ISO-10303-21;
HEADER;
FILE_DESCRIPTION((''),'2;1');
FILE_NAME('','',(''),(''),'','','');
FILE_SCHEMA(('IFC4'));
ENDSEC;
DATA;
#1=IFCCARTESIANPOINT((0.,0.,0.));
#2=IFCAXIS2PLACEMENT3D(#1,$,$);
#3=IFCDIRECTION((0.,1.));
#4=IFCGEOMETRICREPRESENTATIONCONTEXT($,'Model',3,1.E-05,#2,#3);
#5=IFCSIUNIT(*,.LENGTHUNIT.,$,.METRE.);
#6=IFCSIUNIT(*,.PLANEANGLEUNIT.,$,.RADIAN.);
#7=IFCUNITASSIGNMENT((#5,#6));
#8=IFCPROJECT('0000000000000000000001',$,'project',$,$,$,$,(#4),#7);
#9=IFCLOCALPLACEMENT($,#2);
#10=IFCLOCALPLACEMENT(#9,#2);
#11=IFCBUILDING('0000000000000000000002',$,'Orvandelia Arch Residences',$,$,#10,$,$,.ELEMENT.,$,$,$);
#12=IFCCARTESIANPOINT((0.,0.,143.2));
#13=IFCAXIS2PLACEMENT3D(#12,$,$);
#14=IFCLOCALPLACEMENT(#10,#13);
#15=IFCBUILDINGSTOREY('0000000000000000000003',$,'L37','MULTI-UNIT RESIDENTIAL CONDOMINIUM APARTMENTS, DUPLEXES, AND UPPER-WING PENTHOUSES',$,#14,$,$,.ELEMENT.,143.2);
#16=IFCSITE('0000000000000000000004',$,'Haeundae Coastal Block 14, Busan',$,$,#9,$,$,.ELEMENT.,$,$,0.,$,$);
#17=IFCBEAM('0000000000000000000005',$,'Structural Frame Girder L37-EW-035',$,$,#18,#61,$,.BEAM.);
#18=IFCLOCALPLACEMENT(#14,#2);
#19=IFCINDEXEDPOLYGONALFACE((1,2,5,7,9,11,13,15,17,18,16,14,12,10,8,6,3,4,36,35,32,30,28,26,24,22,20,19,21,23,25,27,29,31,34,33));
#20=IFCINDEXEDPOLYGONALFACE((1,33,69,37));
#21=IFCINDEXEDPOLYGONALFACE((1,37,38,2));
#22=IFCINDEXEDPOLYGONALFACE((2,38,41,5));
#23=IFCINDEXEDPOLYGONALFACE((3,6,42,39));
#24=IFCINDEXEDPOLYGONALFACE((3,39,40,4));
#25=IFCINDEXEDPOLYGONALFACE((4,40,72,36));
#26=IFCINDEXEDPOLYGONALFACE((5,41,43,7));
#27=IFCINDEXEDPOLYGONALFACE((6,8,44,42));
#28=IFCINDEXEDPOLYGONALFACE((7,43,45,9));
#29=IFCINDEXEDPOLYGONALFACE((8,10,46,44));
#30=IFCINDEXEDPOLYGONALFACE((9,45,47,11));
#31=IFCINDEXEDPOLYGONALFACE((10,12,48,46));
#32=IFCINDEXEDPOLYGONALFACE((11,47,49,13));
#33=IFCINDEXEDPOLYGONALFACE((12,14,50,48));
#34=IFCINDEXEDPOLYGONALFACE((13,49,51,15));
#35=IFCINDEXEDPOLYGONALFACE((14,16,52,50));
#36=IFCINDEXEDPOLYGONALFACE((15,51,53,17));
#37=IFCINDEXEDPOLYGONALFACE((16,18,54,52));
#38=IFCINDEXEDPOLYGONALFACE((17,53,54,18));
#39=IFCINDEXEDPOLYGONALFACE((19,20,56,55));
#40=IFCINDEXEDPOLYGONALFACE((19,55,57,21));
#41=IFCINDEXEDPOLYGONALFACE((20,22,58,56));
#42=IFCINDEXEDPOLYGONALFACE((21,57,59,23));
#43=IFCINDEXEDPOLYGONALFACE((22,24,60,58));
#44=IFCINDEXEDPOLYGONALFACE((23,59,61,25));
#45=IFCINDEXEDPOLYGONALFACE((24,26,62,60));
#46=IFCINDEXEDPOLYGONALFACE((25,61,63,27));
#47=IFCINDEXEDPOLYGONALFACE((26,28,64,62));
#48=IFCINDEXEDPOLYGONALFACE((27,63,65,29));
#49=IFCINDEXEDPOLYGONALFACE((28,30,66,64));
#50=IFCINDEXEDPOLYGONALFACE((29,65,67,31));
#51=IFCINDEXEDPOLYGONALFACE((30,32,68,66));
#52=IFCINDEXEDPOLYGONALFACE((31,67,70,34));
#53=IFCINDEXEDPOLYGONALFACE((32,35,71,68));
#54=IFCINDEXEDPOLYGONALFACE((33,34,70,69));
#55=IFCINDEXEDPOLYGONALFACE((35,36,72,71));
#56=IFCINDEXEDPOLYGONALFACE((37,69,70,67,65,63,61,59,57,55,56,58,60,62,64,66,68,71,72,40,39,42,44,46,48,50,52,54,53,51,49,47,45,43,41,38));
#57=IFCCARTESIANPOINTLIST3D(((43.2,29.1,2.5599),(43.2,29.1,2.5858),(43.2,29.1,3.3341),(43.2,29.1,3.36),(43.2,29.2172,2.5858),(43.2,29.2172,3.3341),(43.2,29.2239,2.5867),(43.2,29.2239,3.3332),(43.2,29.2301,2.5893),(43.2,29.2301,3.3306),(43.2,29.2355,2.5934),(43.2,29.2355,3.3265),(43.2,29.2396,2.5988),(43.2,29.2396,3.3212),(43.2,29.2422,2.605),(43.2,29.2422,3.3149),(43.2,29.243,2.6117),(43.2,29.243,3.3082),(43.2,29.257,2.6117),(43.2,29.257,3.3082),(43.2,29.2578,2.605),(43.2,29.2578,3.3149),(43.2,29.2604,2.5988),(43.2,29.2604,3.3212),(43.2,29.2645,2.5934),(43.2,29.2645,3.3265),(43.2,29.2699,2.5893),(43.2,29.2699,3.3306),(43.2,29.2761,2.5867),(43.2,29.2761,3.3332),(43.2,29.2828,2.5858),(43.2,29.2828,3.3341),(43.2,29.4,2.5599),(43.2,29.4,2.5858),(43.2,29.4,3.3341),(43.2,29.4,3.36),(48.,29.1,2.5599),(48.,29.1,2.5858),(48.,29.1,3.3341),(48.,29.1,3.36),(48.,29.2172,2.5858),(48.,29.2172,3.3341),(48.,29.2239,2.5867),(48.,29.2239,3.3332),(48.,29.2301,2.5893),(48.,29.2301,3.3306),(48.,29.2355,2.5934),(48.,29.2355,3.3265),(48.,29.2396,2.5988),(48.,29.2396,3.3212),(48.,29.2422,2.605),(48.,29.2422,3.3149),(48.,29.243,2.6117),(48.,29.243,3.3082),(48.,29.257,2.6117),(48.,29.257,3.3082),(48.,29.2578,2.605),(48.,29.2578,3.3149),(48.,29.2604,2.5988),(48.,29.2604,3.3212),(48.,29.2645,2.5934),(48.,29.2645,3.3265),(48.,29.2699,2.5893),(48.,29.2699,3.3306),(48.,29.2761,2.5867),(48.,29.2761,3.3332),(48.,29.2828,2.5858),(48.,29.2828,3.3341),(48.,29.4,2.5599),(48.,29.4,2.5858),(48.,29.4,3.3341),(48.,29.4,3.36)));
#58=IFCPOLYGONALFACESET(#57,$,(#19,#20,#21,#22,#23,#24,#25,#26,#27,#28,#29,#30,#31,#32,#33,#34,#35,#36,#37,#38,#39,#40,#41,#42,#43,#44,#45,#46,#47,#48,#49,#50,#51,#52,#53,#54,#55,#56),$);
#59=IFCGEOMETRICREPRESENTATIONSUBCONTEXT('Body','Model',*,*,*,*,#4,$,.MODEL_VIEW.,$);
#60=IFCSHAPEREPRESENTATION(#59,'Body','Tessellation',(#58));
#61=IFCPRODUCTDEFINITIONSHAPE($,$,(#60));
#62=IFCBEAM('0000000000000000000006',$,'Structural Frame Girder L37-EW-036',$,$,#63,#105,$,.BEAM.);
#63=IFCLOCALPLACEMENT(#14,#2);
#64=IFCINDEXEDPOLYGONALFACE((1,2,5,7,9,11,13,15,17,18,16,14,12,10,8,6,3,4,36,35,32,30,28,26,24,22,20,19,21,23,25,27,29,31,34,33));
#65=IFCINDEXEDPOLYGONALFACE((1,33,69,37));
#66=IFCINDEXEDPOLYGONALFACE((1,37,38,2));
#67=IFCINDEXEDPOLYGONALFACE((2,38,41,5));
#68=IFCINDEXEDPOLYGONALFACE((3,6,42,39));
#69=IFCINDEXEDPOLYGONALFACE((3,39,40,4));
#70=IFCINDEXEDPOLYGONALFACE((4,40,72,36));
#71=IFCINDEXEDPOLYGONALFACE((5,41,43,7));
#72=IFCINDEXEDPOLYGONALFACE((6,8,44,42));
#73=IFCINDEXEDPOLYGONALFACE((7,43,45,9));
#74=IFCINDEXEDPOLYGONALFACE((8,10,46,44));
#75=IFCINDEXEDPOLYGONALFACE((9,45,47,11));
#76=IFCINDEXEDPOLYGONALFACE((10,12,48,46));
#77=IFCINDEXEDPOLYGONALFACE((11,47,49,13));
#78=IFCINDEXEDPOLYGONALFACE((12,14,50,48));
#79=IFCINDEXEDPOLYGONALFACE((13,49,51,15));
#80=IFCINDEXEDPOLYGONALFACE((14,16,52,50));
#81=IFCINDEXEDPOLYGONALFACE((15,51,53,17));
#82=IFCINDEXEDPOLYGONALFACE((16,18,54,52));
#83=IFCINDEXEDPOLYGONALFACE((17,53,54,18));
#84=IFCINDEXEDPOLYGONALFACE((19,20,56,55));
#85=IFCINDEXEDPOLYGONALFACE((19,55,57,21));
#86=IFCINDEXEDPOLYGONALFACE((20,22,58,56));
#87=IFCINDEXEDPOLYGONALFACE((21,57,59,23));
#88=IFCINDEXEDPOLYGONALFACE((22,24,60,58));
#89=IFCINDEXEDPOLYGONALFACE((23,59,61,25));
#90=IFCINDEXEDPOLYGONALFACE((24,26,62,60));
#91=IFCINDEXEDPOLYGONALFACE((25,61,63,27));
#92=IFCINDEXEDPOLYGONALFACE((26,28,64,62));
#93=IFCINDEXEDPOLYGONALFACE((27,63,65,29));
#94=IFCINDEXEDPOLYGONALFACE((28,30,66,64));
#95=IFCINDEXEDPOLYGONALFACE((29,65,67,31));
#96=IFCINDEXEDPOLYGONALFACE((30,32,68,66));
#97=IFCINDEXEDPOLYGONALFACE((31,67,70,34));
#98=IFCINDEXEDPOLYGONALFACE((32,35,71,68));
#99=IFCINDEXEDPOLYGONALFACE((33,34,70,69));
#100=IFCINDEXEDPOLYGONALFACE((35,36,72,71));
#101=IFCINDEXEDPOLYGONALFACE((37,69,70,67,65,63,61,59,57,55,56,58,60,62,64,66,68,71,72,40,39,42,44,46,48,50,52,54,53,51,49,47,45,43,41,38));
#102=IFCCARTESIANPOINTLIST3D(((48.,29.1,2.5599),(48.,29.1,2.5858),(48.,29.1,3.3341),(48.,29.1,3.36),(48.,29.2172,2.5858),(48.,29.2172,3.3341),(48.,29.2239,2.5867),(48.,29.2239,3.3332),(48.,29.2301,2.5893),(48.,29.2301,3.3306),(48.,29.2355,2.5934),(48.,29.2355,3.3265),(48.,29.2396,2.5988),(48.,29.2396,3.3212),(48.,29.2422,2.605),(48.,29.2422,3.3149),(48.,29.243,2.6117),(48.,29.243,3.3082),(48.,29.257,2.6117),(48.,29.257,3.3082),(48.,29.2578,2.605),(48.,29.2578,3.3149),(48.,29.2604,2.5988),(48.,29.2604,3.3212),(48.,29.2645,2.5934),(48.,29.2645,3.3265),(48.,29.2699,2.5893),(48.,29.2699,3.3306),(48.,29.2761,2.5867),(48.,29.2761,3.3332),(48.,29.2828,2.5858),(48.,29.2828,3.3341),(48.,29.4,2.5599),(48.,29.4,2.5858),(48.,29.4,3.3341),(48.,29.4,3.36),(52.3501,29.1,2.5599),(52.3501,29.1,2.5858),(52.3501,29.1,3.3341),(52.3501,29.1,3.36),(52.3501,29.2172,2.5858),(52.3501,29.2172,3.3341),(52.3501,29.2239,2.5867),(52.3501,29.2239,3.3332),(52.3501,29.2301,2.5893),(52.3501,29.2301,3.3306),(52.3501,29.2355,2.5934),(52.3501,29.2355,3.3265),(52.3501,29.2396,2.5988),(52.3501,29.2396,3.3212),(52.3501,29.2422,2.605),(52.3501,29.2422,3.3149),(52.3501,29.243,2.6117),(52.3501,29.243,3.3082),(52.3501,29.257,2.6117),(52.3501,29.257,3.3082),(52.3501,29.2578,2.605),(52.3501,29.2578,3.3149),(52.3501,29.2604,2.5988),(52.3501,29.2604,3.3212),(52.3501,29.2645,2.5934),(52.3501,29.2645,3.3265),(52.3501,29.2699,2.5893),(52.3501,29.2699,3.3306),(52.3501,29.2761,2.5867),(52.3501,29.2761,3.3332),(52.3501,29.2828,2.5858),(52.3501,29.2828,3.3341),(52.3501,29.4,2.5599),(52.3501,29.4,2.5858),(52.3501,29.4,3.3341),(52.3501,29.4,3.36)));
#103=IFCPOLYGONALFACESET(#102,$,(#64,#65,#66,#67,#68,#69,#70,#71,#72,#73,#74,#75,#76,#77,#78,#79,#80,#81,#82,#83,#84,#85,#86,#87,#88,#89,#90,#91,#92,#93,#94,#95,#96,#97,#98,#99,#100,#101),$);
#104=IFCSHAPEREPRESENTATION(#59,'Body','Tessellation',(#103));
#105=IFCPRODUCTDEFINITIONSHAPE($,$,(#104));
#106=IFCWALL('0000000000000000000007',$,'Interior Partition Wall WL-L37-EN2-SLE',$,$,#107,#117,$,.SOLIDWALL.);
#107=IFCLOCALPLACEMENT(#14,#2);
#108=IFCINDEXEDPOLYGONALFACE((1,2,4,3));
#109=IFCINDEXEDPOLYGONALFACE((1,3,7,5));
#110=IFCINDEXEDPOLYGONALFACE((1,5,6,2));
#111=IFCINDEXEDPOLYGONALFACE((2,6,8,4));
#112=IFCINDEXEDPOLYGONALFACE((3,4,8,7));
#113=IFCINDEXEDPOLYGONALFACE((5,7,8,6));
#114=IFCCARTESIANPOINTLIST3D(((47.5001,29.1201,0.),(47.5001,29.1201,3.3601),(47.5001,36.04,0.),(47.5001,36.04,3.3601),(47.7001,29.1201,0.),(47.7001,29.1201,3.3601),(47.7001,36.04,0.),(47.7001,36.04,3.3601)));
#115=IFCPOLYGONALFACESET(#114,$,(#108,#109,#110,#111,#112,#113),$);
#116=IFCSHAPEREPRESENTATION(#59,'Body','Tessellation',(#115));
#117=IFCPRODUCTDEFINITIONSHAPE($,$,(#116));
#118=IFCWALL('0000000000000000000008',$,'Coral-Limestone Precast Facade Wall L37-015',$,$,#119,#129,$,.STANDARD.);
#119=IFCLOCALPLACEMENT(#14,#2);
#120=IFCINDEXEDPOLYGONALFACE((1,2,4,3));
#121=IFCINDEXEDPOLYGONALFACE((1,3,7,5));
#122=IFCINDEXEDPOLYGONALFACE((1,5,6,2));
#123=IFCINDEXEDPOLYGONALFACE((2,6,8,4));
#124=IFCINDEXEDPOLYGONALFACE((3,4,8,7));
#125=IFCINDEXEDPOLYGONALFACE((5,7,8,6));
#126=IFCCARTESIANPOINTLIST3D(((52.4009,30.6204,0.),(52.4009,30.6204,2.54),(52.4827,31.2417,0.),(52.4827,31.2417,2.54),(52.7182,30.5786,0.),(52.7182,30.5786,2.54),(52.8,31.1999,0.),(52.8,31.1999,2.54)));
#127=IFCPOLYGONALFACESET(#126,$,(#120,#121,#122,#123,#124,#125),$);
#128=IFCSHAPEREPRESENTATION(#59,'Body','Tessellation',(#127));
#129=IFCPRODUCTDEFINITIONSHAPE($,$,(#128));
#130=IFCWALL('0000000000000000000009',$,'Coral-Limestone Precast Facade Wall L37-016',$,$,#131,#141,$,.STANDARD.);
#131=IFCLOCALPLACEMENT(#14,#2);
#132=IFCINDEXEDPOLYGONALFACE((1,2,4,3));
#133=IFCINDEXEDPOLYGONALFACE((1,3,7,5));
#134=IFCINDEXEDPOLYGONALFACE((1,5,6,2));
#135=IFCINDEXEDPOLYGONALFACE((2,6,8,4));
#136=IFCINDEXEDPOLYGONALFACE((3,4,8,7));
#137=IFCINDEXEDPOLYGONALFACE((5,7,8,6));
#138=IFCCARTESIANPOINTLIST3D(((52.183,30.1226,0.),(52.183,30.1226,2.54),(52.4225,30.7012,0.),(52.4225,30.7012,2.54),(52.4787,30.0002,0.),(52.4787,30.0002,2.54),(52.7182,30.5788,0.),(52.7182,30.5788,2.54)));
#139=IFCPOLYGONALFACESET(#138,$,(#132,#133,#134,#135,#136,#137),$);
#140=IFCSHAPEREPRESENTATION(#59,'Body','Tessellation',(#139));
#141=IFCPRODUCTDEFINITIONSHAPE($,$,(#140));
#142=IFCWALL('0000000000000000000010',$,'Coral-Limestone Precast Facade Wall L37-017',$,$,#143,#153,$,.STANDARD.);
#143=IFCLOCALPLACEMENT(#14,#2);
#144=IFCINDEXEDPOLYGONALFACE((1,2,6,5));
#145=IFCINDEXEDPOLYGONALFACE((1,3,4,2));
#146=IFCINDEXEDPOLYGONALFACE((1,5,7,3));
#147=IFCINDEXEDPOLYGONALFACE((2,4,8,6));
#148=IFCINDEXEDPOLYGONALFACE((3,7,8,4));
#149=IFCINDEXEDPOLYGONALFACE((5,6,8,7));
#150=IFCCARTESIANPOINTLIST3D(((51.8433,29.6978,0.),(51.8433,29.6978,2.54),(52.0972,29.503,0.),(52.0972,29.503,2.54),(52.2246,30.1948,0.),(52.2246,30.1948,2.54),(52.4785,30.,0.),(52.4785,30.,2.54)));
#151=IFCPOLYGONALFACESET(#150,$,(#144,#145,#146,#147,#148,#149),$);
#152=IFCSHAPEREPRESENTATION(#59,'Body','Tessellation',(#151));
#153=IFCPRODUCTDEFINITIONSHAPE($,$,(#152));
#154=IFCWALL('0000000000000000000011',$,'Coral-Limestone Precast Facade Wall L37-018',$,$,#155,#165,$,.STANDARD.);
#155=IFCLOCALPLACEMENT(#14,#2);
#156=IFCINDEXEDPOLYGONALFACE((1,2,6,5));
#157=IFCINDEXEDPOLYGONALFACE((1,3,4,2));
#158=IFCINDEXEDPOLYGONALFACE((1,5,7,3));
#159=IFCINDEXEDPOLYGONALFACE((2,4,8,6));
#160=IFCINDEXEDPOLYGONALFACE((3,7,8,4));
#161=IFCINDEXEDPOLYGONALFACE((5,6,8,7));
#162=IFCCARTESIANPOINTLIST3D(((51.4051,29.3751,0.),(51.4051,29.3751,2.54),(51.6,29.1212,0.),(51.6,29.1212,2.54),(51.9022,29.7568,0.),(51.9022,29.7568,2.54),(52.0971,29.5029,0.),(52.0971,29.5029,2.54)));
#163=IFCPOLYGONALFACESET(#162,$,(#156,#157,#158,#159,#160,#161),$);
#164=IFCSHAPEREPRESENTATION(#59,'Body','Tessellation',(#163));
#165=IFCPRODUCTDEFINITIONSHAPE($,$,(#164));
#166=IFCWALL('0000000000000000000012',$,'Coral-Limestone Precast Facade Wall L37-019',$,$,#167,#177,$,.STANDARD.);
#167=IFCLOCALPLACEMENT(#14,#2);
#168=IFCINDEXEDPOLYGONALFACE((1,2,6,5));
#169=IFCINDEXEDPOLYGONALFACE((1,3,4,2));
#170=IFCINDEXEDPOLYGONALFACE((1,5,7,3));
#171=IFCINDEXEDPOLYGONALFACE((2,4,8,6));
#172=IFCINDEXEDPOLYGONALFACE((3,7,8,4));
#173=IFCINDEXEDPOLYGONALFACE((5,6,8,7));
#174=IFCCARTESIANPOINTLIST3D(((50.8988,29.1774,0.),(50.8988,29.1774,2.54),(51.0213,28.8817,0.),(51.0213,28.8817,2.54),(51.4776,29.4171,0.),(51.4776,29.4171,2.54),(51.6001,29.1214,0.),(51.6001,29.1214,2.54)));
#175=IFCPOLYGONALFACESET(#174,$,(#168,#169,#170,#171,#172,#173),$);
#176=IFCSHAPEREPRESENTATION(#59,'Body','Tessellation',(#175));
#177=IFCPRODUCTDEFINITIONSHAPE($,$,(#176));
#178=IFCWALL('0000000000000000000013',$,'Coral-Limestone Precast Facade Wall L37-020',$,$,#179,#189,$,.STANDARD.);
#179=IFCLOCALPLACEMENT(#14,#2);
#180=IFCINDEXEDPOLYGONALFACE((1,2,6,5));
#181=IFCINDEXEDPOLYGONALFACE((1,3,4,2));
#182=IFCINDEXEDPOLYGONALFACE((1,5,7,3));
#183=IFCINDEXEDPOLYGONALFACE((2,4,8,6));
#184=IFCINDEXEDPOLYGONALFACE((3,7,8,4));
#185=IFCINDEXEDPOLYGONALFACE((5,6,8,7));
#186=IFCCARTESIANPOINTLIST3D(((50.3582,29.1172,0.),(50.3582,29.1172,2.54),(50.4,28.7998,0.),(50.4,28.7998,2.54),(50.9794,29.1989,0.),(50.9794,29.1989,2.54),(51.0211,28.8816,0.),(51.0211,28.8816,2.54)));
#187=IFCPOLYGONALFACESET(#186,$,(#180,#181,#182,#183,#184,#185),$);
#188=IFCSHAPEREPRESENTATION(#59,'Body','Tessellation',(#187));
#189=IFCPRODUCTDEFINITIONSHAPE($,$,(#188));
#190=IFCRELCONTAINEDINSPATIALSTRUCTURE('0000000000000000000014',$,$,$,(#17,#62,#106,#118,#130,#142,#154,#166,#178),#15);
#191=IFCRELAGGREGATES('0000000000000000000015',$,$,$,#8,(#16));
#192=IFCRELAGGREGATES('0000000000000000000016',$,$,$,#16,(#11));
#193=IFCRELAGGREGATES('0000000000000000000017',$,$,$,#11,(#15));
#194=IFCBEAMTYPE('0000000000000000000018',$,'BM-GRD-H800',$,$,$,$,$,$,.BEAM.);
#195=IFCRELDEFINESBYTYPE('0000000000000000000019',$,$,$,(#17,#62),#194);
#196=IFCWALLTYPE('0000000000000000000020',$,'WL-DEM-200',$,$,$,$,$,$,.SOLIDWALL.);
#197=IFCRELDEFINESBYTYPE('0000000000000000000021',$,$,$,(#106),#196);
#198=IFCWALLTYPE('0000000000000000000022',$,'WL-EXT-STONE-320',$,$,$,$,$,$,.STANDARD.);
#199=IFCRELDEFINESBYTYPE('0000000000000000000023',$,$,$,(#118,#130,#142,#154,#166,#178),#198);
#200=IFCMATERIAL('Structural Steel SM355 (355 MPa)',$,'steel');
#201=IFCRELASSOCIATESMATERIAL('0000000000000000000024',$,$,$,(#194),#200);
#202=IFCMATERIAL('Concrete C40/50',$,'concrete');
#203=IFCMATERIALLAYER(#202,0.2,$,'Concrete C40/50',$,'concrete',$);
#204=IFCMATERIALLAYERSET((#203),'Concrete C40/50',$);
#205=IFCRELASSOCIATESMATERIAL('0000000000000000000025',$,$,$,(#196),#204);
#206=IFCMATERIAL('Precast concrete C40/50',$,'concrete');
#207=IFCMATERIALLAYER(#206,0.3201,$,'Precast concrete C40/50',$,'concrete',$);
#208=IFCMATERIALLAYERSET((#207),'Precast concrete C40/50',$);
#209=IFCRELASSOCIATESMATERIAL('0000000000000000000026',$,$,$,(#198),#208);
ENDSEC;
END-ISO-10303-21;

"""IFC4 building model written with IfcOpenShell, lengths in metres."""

from ifc_helpers import new_model, si_unit, direction, frame, frame_2d, origin, origin_2d, place, context, subcontext, project, spatial, rectangle, i_section, extrude, material, layer, layer_set, material_profile, profile_set, type_object, element, save


model = new_model("IFC4")

# Units and contexts
model_context = context("Model", 3, precision=1e-05, world=origin(), true_north=direction((0.0, 1.0)))
body_context = subcontext(model_context, "Body", "Model", "MODEL_VIEW")
ifc_project = project(units=[si_unit("LENGTHUNIT", "METRE"), si_unit("PLANEANGLEUNIT", "RADIAN")], contexts=[model_context])

# Site, building, storey
site_placement = place(None, origin())
site = spatial("IfcSite", under=ifc_project, at=site_placement, Name="Haeundae Coastal Block 14, Busan", CompositionType="ELEMENT", RefElevation=0.0)
building_placement = place(site_placement, origin())
building = spatial("IfcBuilding", under=site, at=building_placement, Name="Orvandelia Arch Residences", CompositionType="ELEMENT")
storey_placement = place(building_placement, frame((0.0, 0.0, 143.2)))
storey = spatial("IfcBuildingStorey", under=building, at=storey_placement, Name="L37", Description="MULTI-UNIT RESIDENTIAL CONDOMINIUM APARTMENTS, DUPLEXES, AND UPPER-WING PENTHOUSES", CompositionType="ELEMENT", Elevation=143.2)

# Beams
ifc_material_1 = material(Name="Structural Steel SM355 (355 MPa)", Category="steel")
ifc_material_profile_1 = material_profile(ifc_material_1, i_section(OverallWidth=0.3, OverallDepth=0.8, WebThickness=0.0139, FlangeThickness=0.0259, FilletRadius=0.0259, at=origin_2d()), Name="Structural Steel SM355 (355 MPa)", Category="steel")
ifc_profile_set_1 = profile_set([ifc_material_profile_1], Name="Structural Steel SM355 (355 MPa)")
beam_type = type_object("IfcBeamType", Name="BM-GRD-H800", PredefinedType="BEAM", material=ifc_profile_set_1)
beam_1_placement = place(storey_placement, frame((43.2, 29.25, 2.96), z_axis=(1.0, 0.0, 0.0), x_axis=(0.0, 1.0, 0.0)))
element("IfcBeam", 1, at=beam_1_placement, inside=storey, type_object=beam_type, Name="Structural Frame Girder L37-EW-035", PredefinedType="BEAM", context=body_context, shape_type="SweptSolid", body=[
    extrude(i_section(OverallWidth=0.3, OverallDepth=0.8, WebThickness=0.0139, FlangeThickness=0.0259, FilletRadius=0.0259, at=origin_2d()), origin(), (0.0, 0.0, 1.0), 4.8),
])
beam_2_placement = place(storey_placement, frame((48.0, 29.25, 2.96), z_axis=(1.0, 0.0, 0.0), x_axis=(0.0, 1.0, 0.0)))
element("IfcBeam", 2, at=beam_2_placement, inside=storey, type_object=beam_type, Name="Structural Frame Girder L37-EW-036", PredefinedType="BEAM", context=body_context, shape_type="SweptSolid", body=[
    extrude(i_section(OverallWidth=0.3, OverallDepth=0.8, WebThickness=0.0139, FlangeThickness=0.0259, FilletRadius=0.0259, at=origin_2d()), origin(), (0.0, 0.0, 1.0), 4.3501),
])

# Walls
ifc_material_2 = material(Name="Concrete C40/50", Category="concrete")
ifc_layer_1 = layer(ifc_material_2, 0.2, Name="Concrete C40/50", Category="concrete")
ifc_layer_set_1 = layer_set([ifc_layer_1], Name="Concrete C40/50")
wall_type_1 = type_object("IfcWallType", Name="WL-DEM-200", PredefinedType="SOLIDWALL", material=ifc_layer_set_1)
wall_1_placement = place(storey_placement, frame((47.6001, 29.1201, 0.0), z_axis=(0.0, 0.0, 1.0), x_axis=(0.0, 1.0, 0.0)))
element("IfcWall", 3, at=wall_1_placement, inside=storey, type_object=wall_type_1, Name="Interior Partition Wall WL-L37-EN2-SLE", PredefinedType="SOLIDWALL", context=body_context, shape_type="SweptSolid", body=[
    extrude(rectangle(XDim=6.9199, YDim=0.2, at=frame_2d((3.46, 0.0))), origin(), (0.0, 0.0, 1.0), 3.3601),
])
ifc_material_3 = material(Name="Precast concrete C40/50", Category="concrete")
ifc_layer_2 = layer(ifc_material_3, 0.3201, Name="Precast concrete C40/50", Category="concrete")
ifc_layer_set_2 = layer_set([ifc_layer_2], Name="Precast concrete C40/50")
wall_type_2 = type_object("IfcWallType", Name="WL-EXT-STONE-320", PredefinedType="STANDARD", material=ifc_layer_set_2)
wall_2_placement = place(storey_placement, frame((52.6414, 31.2209, 0.0), z_axis=(0.0, 0.0, 1.0), x_axis=(-0.130505, -0.991448, 0.0)))
element("IfcWall", 4, at=wall_2_placement, inside=storey, type_object=wall_type_2, Name="Coral-Limestone Precast Facade Wall L37-015", PredefinedType="STANDARD", context=body_context, shape_type="SweptSolid", body=[
    extrude(rectangle(XDim=0.6267, YDim=0.3201, at=frame_2d((0.3135, 0.0))), origin(), (0.0, 0.0, 1.0), 2.54),
])
wall_3_placement = place(storey_placement, frame((52.5703, 30.6399, 0.0), z_axis=(0.0, 0.0, 1.0), x_axis=(-0.382455, -0.923974, 0.0)))
element("IfcWall", 5, at=wall_3_placement, inside=storey, type_object=wall_type_2, Name="Coral-Limestone Precast Facade Wall L37-016", PredefinedType="STANDARD", context=body_context, shape_type="SweptSolid", body=[
    extrude(rectangle(XDim=0.6262, YDim=0.3201, at=frame_2d((0.313, 0.0))), origin(), (0.0, 0.0, 1.0), 2.54),
])
wall_4_placement = place(storey_placement, frame((52.3516, 30.0974, 0.0), z_axis=(0.0, 0.0, 1.0), x_axis=(-0.608693, -0.793406, 0.0)))
element("IfcWall", 6, at=wall_4_placement, inside=storey, type_object=wall_type_2, Name="Coral-Limestone Precast Facade Wall L37-017", PredefinedType="STANDARD", context=body_context, shape_type="SweptSolid", body=[
    extrude(rectangle(XDim=0.6265, YDim=0.3201, at=frame_2d((0.3132, 0.0))), origin(), (0.0, 0.0, 1.0), 2.54),
])
wall_5_placement = place(storey_placement, frame((51.9998, 29.6299, 0.0), z_axis=(0.0, 0.0, 1.0), x_axis=(-0.793217, -0.608939, 0.0)))
element("IfcWall", 7, at=wall_5_placement, inside=storey, type_object=wall_type_2, Name="Coral-Limestone Precast Facade Wall L37-018", PredefinedType="STANDARD", context=body_context, shape_type="SweptSolid", body=[
    extrude(rectangle(XDim=0.6267, YDim=0.3201, at=frame_2d((0.3135, 0.0))), origin(), (0.0, 0.0, 1.0), 2.54),
])
for number, where, z_axis, x_axis, name in (
    (8, (51.5388, 29.2693, 0.0), (0.0, 0.0, 1.0), (-0.923893, -0.38265, 0.0), "Coral-Limestone Precast Facade Wall L37-019"),
    (9, (51.0002, 29.0403, 0.0), (0.0, 0.0, 1.0), (-0.991441, -0.130555, 0.0), "Coral-Limestone Precast Facade Wall L37-020"),
):
    element("IfcWall", number, at=place(storey_placement, frame(where, z_axis=z_axis, x_axis=x_axis)), inside=storey, type_object=wall_type_2, Name=name, PredefinedType="STANDARD", context=body_context, shape_type="SweptSolid", body=[
        extrude(rectangle(XDim=0.6265, YDim=0.3201, at=frame_2d((0.3132, 0.0))), origin(), (0.0, 0.0, 1.0), 2.54),
    ])

save(model, "model.ifc")
